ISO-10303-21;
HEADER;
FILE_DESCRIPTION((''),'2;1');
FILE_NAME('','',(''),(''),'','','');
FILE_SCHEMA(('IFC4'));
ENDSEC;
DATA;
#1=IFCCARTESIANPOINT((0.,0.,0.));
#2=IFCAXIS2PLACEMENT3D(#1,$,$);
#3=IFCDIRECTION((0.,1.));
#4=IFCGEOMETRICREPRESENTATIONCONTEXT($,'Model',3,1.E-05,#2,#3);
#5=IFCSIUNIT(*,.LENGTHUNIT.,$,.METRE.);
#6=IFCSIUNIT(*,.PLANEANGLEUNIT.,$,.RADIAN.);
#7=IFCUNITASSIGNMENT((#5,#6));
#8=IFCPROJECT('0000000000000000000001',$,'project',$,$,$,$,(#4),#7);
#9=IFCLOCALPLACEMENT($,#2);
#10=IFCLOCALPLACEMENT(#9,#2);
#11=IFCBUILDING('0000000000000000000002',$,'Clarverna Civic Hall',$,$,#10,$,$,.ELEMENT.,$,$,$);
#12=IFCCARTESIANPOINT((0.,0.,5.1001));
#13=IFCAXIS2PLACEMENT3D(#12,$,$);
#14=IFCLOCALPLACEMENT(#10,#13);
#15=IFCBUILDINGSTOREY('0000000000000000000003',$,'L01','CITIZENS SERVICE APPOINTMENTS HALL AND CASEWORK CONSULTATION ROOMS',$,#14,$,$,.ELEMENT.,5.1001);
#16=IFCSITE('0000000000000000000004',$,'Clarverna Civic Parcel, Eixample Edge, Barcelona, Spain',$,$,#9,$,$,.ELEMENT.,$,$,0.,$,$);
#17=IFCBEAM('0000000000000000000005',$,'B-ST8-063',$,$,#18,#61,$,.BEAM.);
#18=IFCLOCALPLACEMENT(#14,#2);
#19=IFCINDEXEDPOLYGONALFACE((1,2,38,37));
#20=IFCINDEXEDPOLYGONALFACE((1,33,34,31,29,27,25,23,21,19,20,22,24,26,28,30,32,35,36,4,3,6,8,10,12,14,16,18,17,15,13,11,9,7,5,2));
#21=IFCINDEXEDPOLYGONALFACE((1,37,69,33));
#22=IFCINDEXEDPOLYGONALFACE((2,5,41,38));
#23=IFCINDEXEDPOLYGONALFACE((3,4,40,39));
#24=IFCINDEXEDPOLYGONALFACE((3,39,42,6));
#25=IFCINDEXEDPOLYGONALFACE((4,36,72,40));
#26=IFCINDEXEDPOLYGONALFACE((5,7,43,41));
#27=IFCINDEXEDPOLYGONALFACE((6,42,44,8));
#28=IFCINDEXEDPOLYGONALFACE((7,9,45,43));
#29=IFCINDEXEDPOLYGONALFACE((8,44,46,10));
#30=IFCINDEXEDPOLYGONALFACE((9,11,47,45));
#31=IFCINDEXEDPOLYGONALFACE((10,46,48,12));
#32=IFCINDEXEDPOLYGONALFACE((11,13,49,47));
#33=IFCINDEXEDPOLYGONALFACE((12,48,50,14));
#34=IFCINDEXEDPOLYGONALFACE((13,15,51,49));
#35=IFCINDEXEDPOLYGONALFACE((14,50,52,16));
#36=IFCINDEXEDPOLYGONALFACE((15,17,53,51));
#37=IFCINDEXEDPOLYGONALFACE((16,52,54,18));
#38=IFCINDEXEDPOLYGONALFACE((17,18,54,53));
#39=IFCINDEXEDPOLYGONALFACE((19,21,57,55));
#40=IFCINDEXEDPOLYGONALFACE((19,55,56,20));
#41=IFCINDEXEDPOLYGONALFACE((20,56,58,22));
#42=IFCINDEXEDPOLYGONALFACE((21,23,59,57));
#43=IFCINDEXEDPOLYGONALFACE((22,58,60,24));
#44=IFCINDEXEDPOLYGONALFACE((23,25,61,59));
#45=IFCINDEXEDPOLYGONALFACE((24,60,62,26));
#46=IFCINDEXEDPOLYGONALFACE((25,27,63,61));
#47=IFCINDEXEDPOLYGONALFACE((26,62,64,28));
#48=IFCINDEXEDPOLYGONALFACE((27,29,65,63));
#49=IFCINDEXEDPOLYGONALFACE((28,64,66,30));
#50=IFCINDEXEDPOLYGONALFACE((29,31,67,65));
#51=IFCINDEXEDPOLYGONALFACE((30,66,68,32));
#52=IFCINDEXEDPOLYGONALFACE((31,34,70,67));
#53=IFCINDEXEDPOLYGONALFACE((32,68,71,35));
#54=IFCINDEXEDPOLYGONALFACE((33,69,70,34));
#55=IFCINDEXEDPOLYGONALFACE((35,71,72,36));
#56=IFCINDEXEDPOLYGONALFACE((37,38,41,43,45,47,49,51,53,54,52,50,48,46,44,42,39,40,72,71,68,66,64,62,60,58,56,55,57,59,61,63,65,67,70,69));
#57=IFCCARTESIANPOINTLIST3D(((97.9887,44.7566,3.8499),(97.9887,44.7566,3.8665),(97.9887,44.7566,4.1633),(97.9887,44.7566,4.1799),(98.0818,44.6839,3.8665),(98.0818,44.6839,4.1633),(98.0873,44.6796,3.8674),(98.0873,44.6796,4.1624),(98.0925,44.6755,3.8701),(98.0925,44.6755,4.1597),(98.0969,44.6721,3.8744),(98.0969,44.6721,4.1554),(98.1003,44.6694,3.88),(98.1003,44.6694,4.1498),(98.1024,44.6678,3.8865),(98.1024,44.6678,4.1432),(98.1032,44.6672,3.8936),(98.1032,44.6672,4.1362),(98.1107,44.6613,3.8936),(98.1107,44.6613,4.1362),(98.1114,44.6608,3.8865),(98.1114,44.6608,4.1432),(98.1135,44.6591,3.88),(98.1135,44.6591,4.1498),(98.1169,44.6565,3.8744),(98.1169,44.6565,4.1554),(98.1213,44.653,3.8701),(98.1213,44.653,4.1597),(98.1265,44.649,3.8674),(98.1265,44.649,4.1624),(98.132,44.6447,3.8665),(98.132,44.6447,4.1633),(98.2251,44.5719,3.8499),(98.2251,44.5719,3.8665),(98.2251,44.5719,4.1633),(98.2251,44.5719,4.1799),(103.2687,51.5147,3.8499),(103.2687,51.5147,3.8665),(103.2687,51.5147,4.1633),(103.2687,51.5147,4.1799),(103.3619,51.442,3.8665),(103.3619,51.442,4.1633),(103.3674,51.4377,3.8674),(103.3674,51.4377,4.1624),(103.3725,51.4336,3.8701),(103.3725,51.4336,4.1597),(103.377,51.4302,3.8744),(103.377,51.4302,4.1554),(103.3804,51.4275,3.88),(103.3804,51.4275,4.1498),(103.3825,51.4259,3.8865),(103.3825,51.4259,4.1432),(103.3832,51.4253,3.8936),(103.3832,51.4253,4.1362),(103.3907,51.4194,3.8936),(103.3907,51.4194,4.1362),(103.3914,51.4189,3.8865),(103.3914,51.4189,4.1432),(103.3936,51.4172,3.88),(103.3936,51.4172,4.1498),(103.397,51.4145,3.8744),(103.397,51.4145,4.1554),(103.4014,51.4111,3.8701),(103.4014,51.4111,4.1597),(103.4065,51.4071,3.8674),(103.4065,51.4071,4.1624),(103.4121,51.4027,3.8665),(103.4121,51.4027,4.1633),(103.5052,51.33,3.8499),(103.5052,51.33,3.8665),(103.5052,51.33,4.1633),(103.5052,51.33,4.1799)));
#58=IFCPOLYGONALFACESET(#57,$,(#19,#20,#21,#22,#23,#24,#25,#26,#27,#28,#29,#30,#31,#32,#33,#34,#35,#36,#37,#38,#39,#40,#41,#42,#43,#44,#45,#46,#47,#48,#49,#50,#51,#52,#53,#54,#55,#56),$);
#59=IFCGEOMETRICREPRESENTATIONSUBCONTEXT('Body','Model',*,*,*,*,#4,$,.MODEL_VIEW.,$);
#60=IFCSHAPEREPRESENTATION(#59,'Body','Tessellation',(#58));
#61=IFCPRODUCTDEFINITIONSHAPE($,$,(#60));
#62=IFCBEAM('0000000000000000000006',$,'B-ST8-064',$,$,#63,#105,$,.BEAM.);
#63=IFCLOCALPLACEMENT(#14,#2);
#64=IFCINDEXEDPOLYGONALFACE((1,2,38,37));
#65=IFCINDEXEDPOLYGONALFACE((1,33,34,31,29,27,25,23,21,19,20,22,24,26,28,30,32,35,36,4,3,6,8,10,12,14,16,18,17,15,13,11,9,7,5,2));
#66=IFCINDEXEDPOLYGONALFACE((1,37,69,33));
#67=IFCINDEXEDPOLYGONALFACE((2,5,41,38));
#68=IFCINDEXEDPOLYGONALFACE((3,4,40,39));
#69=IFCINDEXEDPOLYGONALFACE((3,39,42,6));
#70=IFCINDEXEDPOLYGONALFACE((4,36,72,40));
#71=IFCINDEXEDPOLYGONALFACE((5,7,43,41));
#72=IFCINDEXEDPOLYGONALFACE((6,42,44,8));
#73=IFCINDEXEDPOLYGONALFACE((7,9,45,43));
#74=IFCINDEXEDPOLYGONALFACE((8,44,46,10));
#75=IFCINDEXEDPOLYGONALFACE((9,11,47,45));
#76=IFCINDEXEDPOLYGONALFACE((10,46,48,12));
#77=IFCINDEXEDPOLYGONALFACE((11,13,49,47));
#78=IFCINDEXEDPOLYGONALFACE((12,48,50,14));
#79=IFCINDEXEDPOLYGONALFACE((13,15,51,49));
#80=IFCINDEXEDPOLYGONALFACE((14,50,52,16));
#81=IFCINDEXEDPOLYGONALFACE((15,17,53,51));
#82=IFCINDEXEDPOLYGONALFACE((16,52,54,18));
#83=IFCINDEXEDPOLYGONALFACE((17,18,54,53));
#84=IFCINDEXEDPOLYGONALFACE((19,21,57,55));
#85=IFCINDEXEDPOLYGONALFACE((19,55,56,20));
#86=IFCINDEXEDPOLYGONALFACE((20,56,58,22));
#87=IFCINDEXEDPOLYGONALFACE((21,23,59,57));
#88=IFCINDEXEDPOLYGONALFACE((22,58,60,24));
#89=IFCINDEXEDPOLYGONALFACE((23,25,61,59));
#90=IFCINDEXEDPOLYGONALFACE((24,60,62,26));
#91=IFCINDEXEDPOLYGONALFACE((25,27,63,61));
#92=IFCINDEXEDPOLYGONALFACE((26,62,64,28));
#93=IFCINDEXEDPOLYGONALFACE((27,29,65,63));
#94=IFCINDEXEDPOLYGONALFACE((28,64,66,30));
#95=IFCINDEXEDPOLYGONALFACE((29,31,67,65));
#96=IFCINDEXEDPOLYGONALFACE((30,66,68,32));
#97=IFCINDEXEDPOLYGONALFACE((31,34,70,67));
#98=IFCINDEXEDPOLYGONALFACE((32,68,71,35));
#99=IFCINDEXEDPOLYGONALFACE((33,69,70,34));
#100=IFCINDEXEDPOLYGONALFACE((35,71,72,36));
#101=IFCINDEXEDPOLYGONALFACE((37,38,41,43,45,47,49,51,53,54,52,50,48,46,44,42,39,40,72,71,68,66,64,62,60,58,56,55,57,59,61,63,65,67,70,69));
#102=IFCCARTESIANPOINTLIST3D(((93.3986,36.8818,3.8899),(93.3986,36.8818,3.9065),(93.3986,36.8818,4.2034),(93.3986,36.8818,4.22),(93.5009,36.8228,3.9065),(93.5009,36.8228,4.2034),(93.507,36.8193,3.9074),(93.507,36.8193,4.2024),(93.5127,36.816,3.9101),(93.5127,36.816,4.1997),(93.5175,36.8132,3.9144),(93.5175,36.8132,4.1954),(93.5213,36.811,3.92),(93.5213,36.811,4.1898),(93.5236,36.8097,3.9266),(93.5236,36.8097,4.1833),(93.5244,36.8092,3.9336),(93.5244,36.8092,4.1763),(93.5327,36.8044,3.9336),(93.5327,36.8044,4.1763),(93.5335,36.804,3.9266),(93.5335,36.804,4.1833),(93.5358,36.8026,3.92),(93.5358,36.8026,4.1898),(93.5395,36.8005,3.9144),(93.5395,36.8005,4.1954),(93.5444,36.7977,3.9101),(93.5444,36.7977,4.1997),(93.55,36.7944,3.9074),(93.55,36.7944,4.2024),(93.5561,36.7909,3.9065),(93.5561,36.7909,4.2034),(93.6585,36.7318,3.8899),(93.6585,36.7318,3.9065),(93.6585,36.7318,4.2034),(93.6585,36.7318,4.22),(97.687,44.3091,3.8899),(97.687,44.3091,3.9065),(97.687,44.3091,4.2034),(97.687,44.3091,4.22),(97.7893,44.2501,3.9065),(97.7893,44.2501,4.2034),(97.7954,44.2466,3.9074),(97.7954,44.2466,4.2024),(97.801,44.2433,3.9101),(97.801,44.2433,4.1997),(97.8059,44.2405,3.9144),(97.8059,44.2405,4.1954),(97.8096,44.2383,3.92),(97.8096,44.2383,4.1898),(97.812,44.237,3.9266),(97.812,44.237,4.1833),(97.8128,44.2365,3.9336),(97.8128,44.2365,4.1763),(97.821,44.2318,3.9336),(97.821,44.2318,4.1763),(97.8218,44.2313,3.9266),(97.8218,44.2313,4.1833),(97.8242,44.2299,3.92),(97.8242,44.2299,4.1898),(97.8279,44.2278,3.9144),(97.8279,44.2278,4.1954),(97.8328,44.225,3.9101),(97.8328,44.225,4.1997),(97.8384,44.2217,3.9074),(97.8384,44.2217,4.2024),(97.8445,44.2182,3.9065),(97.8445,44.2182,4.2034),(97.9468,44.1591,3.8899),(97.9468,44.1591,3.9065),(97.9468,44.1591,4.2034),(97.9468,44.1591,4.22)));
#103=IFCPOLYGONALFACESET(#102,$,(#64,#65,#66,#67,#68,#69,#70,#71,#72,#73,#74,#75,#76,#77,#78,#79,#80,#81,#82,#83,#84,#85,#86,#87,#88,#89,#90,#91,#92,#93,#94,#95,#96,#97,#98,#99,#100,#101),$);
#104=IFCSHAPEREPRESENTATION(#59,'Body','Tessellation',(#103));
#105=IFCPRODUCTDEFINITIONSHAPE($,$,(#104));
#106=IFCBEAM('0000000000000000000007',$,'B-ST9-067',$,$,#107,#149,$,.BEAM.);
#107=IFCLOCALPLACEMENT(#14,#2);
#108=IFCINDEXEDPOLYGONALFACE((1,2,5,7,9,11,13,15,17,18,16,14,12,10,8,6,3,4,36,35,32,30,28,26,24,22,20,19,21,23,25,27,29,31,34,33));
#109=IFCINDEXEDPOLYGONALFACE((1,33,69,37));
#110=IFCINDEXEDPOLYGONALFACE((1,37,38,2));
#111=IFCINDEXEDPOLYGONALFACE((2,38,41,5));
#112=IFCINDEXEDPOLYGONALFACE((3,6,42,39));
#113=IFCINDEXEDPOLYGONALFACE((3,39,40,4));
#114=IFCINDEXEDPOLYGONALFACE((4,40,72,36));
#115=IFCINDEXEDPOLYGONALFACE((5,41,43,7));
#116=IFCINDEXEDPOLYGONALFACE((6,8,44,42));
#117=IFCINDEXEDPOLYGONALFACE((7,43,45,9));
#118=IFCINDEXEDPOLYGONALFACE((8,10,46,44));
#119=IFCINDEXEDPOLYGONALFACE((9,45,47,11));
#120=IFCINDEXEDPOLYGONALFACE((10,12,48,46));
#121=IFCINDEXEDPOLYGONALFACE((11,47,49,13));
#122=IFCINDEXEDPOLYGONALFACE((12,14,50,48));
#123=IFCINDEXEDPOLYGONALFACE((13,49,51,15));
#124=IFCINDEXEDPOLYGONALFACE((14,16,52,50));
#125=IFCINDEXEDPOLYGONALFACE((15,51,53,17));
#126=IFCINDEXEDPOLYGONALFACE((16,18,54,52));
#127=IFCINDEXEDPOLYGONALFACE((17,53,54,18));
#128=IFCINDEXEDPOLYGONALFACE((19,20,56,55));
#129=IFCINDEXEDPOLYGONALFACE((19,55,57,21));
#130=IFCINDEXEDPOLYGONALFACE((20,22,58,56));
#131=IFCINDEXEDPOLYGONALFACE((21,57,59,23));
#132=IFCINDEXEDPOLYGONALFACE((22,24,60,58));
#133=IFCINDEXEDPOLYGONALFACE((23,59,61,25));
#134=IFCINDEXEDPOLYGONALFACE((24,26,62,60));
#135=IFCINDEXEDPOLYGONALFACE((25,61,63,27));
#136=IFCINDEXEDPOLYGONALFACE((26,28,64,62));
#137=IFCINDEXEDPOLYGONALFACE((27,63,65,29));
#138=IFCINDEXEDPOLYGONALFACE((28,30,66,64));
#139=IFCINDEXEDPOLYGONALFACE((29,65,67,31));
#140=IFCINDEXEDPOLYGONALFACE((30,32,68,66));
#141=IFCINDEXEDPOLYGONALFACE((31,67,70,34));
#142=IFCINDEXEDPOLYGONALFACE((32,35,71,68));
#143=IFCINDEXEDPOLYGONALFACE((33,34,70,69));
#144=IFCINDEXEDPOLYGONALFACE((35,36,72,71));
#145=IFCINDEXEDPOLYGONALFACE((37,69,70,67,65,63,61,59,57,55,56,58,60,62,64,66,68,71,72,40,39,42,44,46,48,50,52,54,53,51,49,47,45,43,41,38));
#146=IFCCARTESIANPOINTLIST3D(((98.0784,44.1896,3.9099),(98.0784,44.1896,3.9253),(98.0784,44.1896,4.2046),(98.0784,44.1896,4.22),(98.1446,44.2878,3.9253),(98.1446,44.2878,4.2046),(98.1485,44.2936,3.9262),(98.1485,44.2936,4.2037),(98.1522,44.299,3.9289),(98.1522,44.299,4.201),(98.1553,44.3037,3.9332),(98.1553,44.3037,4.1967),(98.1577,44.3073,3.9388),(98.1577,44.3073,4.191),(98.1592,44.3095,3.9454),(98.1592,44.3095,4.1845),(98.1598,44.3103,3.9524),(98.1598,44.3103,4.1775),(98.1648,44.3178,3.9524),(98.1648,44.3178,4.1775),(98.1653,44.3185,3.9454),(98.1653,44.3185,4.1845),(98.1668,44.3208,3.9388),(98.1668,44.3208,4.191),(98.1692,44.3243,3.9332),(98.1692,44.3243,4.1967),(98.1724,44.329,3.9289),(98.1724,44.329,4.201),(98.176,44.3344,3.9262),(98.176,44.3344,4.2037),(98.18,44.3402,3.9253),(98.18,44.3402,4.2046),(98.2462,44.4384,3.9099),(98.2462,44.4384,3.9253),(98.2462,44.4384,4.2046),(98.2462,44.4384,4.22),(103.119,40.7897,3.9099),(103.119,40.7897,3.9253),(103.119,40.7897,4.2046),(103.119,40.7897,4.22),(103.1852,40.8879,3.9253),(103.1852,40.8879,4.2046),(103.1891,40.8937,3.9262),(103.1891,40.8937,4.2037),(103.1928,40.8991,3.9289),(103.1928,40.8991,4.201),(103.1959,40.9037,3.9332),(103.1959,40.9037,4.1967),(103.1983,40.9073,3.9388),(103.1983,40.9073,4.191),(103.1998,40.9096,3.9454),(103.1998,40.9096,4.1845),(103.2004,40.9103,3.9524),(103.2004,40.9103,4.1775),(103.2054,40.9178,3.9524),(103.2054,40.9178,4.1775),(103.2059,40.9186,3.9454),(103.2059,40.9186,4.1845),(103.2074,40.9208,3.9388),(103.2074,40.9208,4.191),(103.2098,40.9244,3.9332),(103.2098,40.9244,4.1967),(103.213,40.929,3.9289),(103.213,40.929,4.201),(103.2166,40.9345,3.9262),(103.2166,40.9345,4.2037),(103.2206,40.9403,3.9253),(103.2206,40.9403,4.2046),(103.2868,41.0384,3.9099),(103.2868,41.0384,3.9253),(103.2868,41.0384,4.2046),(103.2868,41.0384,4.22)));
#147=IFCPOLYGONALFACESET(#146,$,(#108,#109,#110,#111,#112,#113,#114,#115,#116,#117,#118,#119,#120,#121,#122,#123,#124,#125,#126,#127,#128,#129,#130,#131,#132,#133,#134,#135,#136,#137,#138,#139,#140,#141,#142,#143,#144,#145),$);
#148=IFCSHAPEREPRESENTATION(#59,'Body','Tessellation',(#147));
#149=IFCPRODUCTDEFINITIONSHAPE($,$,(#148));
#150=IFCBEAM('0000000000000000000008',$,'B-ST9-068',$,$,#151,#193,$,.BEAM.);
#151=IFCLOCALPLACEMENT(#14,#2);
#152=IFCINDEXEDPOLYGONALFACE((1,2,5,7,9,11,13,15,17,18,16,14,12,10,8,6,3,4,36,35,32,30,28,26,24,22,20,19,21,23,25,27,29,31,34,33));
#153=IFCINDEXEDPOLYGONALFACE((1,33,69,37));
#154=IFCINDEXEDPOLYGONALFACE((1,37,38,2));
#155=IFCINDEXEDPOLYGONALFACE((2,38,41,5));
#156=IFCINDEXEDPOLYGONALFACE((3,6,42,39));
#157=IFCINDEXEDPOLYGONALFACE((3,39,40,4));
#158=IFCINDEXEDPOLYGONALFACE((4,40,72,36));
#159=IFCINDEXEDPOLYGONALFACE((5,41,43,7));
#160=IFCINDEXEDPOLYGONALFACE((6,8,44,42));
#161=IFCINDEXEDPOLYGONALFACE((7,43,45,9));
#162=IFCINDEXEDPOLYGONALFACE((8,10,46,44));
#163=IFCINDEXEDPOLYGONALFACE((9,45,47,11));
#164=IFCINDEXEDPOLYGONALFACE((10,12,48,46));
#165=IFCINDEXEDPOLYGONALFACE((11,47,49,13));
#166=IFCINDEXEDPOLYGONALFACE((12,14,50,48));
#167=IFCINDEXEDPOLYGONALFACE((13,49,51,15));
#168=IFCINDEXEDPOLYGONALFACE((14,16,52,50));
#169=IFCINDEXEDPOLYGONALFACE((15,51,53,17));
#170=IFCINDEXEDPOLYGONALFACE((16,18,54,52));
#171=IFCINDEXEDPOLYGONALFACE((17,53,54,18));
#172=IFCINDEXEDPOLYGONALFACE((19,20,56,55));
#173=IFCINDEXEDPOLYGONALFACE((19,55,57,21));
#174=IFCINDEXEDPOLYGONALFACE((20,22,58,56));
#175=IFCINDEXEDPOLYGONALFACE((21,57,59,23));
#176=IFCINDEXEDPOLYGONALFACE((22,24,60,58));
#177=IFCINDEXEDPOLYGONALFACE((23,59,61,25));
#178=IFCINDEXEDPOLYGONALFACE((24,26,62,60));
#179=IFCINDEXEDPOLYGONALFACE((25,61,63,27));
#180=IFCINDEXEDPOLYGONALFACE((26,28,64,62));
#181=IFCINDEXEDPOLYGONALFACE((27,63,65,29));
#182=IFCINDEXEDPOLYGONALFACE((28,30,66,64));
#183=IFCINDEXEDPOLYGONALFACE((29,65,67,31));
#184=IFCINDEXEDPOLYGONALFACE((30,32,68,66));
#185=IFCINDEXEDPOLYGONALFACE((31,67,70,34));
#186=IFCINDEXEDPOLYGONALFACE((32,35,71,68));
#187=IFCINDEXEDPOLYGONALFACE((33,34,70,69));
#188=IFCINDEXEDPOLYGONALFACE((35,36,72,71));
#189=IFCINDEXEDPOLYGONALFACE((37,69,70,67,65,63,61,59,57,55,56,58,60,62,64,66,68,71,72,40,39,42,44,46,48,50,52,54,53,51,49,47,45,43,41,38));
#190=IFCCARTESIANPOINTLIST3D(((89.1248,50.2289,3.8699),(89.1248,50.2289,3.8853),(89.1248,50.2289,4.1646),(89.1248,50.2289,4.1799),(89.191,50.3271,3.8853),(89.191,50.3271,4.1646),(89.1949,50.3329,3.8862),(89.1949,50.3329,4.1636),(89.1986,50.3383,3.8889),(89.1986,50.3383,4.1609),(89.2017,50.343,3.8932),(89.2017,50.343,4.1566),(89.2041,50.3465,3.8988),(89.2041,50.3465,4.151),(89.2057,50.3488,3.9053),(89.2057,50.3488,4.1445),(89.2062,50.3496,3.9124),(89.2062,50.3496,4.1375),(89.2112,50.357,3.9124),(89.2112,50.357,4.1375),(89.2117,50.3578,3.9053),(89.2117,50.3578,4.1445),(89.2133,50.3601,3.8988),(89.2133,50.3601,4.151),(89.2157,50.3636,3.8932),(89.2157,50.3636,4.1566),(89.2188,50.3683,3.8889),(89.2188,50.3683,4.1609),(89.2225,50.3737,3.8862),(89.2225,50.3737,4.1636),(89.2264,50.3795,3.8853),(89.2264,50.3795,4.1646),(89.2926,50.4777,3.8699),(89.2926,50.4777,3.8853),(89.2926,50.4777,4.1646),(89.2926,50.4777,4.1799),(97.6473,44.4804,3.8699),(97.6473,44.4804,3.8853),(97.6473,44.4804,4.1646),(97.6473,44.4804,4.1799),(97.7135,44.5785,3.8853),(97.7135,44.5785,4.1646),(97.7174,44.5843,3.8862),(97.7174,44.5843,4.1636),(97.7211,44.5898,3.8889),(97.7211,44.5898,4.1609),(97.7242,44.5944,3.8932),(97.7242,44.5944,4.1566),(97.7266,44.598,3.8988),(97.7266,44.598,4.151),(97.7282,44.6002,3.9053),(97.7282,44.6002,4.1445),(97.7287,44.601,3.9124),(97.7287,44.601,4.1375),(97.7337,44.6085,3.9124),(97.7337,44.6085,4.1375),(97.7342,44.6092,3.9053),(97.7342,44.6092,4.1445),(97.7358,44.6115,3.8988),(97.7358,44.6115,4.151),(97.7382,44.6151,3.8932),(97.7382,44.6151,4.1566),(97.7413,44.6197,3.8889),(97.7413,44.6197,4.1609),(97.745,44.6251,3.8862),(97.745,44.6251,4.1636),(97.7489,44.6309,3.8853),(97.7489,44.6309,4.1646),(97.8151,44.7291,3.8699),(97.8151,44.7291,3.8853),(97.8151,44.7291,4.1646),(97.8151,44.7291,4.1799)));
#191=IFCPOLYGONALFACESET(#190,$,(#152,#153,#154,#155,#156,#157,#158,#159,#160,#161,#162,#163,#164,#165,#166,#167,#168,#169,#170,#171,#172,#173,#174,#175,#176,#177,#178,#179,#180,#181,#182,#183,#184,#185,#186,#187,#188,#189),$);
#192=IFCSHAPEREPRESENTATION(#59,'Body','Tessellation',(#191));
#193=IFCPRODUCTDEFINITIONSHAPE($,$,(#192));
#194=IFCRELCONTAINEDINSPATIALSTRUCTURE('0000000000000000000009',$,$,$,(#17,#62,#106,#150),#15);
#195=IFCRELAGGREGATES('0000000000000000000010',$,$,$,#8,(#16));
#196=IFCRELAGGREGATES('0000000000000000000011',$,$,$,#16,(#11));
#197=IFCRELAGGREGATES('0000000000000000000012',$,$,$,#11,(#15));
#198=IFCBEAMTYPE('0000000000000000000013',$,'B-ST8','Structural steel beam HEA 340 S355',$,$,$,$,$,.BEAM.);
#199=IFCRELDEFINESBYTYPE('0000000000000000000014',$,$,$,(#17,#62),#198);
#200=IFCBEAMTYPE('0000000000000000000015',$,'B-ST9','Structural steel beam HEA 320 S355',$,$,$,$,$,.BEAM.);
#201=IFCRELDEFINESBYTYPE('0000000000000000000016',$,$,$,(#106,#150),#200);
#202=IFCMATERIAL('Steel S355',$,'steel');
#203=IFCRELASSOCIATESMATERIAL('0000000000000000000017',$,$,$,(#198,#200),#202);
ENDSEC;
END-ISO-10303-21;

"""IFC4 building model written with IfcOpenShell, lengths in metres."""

from ifc_helpers import new_model, si_unit, direction, frame, origin, origin_2d, place, context, subcontext, project, spatial, i_section, extrude, material, material_profile, profile_set, type_object, element, save


model = new_model("IFC4")

# Units and contexts
model_context = context("Model", 3, precision=1e-05, world=origin(), true_north=direction((0.0, 1.0)))
body_context = subcontext(model_context, "Body", "Model", "MODEL_VIEW")
ifc_project = project(units=[si_unit("LENGTHUNIT", "METRE"), si_unit("PLANEANGLEUNIT", "RADIAN")], contexts=[model_context])

# Site, building, storey
site_placement = place(None, origin())
site = spatial("IfcSite", under=ifc_project, at=site_placement, Name="Clarverna Civic Parcel, Eixample Edge, Barcelona, Spain", CompositionType="ELEMENT", RefElevation=0.0)
building_placement = place(site_placement, origin())
building = spatial("IfcBuilding", under=site, at=building_placement, Name="Clarverna Civic Hall", CompositionType="ELEMENT")
storey_placement = place(building_placement, frame((0.0, 0.0, 5.1001)))
storey = spatial("IfcBuildingStorey", under=building, at=storey_placement, Name="L01", Description="CITIZENS SERVICE APPOINTMENTS HALL AND CASEWORK CONSULTATION ROOMS", CompositionType="ELEMENT", Elevation=5.1001)

# Beams
ifc_material_1 = material(Name="Steel S355", Category="steel")
ifc_material_profile_1 = material_profile(ifc_material_1, i_section(OverallWidth=0.3, OverallDepth=0.3301, WebThickness=0.0095, FlangeThickness=0.0166, FilletRadius=0.0271, at=origin_2d()), Name="HEA 340")
ifc_profile_set_1 = profile_set([ifc_material_profile_1], Name="Steel S355")
beam_type_1 = type_object("IfcBeamType", Name="B-ST8", Description="Structural steel beam HEA 340 S355", PredefinedType="BEAM", material=ifc_profile_set_1)
beam_1_placement = place(storey_placement, frame((103.387, 51.4224, 4.0149), z_axis=(-0.615666, -0.788008, 0.0), x_axis=(0.788008, -0.615666, 0.0)))
element("IfcBeam", 1, at=beam_1_placement, inside=storey, type_object=beam_type_1, Name="B-ST8-063", PredefinedType="BEAM", context=body_context, shape_type="SweptSolid", body=[
    extrude(i_section(OverallWidth=0.3, OverallDepth=0.3301, WebThickness=0.0095, FlangeThickness=0.0166, FilletRadius=0.0271, at=origin_2d()), origin(), (0.0, 0.0, 1.0), 8.5762),
])
beam_2_placement = place(storey_placement, frame((97.8169, 44.2341, 4.0549), z_axis=(-0.500018, -0.866015, 0.0), x_axis=(0.866015, -0.500018, 0.0)))
element("IfcBeam", 2, at=beam_2_placement, inside=storey, type_object=beam_type_1, Name="B-ST8-064", PredefinedType="BEAM", context=body_context, shape_type="SweptSolid", body=[
    extrude(i_section(OverallWidth=0.3, OverallDepth=0.3301, WebThickness=0.0095, FlangeThickness=0.0166, FilletRadius=0.0271, at=origin_2d()), origin(), (0.0, 0.0, 1.0), 8.5764),
])
ifc_material_profile_2 = material_profile(ifc_material_1, i_section(OverallWidth=0.3, OverallDepth=0.3101, WebThickness=0.009, FlangeThickness=0.0154, FilletRadius=0.0271, at=origin_2d()), Name="HEA 320")
ifc_profile_set_2 = profile_set([ifc_material_profile_2], Name="Steel S355")
beam_type_2 = type_object("IfcBeamType", Name="B-ST9", Description="Structural steel beam HEA 320 S355", PredefinedType="BEAM", material=ifc_profile_set_2)
beam_3_placement = place(storey_placement, frame((103.2029, 40.9141, 4.0649), z_axis=(-0.829036, 0.559196, 0.0), x_axis=(-0.559196, -0.829036, 0.0)))
element("IfcBeam", 3, at=beam_3_placement, inside=storey, type_object=beam_type_2, Name="B-ST9-067", PredefinedType="BEAM", context=body_context, shape_type="SweptSolid", body=[
    extrude(i_section(OverallWidth=0.3, OverallDepth=0.3101, WebThickness=0.009, FlangeThickness=0.0154, FilletRadius=0.0271, at=origin_2d()), origin(), (0.0, 0.0, 1.0), 6.0801),
])
beam_4_placement = place(storey_placement, frame((97.7312, 44.6047, 4.0249), z_axis=(-0.829035, 0.559197, 0.0), x_axis=(-0.559197, -0.829035, 0.0)))
element("IfcBeam", 4, at=beam_4_placement, inside=storey, type_object=beam_type_2, Name="B-ST9-068", PredefinedType="BEAM", context=body_context, shape_type="SweptSolid", body=[
    extrude(i_section(OverallWidth=0.3, OverallDepth=0.3101, WebThickness=0.009, FlangeThickness=0.0154, FilletRadius=0.0271, at=origin_2d()), origin(), (0.0, 0.0, 1.0), 10.28),
])

save(model, "model.ifc")
